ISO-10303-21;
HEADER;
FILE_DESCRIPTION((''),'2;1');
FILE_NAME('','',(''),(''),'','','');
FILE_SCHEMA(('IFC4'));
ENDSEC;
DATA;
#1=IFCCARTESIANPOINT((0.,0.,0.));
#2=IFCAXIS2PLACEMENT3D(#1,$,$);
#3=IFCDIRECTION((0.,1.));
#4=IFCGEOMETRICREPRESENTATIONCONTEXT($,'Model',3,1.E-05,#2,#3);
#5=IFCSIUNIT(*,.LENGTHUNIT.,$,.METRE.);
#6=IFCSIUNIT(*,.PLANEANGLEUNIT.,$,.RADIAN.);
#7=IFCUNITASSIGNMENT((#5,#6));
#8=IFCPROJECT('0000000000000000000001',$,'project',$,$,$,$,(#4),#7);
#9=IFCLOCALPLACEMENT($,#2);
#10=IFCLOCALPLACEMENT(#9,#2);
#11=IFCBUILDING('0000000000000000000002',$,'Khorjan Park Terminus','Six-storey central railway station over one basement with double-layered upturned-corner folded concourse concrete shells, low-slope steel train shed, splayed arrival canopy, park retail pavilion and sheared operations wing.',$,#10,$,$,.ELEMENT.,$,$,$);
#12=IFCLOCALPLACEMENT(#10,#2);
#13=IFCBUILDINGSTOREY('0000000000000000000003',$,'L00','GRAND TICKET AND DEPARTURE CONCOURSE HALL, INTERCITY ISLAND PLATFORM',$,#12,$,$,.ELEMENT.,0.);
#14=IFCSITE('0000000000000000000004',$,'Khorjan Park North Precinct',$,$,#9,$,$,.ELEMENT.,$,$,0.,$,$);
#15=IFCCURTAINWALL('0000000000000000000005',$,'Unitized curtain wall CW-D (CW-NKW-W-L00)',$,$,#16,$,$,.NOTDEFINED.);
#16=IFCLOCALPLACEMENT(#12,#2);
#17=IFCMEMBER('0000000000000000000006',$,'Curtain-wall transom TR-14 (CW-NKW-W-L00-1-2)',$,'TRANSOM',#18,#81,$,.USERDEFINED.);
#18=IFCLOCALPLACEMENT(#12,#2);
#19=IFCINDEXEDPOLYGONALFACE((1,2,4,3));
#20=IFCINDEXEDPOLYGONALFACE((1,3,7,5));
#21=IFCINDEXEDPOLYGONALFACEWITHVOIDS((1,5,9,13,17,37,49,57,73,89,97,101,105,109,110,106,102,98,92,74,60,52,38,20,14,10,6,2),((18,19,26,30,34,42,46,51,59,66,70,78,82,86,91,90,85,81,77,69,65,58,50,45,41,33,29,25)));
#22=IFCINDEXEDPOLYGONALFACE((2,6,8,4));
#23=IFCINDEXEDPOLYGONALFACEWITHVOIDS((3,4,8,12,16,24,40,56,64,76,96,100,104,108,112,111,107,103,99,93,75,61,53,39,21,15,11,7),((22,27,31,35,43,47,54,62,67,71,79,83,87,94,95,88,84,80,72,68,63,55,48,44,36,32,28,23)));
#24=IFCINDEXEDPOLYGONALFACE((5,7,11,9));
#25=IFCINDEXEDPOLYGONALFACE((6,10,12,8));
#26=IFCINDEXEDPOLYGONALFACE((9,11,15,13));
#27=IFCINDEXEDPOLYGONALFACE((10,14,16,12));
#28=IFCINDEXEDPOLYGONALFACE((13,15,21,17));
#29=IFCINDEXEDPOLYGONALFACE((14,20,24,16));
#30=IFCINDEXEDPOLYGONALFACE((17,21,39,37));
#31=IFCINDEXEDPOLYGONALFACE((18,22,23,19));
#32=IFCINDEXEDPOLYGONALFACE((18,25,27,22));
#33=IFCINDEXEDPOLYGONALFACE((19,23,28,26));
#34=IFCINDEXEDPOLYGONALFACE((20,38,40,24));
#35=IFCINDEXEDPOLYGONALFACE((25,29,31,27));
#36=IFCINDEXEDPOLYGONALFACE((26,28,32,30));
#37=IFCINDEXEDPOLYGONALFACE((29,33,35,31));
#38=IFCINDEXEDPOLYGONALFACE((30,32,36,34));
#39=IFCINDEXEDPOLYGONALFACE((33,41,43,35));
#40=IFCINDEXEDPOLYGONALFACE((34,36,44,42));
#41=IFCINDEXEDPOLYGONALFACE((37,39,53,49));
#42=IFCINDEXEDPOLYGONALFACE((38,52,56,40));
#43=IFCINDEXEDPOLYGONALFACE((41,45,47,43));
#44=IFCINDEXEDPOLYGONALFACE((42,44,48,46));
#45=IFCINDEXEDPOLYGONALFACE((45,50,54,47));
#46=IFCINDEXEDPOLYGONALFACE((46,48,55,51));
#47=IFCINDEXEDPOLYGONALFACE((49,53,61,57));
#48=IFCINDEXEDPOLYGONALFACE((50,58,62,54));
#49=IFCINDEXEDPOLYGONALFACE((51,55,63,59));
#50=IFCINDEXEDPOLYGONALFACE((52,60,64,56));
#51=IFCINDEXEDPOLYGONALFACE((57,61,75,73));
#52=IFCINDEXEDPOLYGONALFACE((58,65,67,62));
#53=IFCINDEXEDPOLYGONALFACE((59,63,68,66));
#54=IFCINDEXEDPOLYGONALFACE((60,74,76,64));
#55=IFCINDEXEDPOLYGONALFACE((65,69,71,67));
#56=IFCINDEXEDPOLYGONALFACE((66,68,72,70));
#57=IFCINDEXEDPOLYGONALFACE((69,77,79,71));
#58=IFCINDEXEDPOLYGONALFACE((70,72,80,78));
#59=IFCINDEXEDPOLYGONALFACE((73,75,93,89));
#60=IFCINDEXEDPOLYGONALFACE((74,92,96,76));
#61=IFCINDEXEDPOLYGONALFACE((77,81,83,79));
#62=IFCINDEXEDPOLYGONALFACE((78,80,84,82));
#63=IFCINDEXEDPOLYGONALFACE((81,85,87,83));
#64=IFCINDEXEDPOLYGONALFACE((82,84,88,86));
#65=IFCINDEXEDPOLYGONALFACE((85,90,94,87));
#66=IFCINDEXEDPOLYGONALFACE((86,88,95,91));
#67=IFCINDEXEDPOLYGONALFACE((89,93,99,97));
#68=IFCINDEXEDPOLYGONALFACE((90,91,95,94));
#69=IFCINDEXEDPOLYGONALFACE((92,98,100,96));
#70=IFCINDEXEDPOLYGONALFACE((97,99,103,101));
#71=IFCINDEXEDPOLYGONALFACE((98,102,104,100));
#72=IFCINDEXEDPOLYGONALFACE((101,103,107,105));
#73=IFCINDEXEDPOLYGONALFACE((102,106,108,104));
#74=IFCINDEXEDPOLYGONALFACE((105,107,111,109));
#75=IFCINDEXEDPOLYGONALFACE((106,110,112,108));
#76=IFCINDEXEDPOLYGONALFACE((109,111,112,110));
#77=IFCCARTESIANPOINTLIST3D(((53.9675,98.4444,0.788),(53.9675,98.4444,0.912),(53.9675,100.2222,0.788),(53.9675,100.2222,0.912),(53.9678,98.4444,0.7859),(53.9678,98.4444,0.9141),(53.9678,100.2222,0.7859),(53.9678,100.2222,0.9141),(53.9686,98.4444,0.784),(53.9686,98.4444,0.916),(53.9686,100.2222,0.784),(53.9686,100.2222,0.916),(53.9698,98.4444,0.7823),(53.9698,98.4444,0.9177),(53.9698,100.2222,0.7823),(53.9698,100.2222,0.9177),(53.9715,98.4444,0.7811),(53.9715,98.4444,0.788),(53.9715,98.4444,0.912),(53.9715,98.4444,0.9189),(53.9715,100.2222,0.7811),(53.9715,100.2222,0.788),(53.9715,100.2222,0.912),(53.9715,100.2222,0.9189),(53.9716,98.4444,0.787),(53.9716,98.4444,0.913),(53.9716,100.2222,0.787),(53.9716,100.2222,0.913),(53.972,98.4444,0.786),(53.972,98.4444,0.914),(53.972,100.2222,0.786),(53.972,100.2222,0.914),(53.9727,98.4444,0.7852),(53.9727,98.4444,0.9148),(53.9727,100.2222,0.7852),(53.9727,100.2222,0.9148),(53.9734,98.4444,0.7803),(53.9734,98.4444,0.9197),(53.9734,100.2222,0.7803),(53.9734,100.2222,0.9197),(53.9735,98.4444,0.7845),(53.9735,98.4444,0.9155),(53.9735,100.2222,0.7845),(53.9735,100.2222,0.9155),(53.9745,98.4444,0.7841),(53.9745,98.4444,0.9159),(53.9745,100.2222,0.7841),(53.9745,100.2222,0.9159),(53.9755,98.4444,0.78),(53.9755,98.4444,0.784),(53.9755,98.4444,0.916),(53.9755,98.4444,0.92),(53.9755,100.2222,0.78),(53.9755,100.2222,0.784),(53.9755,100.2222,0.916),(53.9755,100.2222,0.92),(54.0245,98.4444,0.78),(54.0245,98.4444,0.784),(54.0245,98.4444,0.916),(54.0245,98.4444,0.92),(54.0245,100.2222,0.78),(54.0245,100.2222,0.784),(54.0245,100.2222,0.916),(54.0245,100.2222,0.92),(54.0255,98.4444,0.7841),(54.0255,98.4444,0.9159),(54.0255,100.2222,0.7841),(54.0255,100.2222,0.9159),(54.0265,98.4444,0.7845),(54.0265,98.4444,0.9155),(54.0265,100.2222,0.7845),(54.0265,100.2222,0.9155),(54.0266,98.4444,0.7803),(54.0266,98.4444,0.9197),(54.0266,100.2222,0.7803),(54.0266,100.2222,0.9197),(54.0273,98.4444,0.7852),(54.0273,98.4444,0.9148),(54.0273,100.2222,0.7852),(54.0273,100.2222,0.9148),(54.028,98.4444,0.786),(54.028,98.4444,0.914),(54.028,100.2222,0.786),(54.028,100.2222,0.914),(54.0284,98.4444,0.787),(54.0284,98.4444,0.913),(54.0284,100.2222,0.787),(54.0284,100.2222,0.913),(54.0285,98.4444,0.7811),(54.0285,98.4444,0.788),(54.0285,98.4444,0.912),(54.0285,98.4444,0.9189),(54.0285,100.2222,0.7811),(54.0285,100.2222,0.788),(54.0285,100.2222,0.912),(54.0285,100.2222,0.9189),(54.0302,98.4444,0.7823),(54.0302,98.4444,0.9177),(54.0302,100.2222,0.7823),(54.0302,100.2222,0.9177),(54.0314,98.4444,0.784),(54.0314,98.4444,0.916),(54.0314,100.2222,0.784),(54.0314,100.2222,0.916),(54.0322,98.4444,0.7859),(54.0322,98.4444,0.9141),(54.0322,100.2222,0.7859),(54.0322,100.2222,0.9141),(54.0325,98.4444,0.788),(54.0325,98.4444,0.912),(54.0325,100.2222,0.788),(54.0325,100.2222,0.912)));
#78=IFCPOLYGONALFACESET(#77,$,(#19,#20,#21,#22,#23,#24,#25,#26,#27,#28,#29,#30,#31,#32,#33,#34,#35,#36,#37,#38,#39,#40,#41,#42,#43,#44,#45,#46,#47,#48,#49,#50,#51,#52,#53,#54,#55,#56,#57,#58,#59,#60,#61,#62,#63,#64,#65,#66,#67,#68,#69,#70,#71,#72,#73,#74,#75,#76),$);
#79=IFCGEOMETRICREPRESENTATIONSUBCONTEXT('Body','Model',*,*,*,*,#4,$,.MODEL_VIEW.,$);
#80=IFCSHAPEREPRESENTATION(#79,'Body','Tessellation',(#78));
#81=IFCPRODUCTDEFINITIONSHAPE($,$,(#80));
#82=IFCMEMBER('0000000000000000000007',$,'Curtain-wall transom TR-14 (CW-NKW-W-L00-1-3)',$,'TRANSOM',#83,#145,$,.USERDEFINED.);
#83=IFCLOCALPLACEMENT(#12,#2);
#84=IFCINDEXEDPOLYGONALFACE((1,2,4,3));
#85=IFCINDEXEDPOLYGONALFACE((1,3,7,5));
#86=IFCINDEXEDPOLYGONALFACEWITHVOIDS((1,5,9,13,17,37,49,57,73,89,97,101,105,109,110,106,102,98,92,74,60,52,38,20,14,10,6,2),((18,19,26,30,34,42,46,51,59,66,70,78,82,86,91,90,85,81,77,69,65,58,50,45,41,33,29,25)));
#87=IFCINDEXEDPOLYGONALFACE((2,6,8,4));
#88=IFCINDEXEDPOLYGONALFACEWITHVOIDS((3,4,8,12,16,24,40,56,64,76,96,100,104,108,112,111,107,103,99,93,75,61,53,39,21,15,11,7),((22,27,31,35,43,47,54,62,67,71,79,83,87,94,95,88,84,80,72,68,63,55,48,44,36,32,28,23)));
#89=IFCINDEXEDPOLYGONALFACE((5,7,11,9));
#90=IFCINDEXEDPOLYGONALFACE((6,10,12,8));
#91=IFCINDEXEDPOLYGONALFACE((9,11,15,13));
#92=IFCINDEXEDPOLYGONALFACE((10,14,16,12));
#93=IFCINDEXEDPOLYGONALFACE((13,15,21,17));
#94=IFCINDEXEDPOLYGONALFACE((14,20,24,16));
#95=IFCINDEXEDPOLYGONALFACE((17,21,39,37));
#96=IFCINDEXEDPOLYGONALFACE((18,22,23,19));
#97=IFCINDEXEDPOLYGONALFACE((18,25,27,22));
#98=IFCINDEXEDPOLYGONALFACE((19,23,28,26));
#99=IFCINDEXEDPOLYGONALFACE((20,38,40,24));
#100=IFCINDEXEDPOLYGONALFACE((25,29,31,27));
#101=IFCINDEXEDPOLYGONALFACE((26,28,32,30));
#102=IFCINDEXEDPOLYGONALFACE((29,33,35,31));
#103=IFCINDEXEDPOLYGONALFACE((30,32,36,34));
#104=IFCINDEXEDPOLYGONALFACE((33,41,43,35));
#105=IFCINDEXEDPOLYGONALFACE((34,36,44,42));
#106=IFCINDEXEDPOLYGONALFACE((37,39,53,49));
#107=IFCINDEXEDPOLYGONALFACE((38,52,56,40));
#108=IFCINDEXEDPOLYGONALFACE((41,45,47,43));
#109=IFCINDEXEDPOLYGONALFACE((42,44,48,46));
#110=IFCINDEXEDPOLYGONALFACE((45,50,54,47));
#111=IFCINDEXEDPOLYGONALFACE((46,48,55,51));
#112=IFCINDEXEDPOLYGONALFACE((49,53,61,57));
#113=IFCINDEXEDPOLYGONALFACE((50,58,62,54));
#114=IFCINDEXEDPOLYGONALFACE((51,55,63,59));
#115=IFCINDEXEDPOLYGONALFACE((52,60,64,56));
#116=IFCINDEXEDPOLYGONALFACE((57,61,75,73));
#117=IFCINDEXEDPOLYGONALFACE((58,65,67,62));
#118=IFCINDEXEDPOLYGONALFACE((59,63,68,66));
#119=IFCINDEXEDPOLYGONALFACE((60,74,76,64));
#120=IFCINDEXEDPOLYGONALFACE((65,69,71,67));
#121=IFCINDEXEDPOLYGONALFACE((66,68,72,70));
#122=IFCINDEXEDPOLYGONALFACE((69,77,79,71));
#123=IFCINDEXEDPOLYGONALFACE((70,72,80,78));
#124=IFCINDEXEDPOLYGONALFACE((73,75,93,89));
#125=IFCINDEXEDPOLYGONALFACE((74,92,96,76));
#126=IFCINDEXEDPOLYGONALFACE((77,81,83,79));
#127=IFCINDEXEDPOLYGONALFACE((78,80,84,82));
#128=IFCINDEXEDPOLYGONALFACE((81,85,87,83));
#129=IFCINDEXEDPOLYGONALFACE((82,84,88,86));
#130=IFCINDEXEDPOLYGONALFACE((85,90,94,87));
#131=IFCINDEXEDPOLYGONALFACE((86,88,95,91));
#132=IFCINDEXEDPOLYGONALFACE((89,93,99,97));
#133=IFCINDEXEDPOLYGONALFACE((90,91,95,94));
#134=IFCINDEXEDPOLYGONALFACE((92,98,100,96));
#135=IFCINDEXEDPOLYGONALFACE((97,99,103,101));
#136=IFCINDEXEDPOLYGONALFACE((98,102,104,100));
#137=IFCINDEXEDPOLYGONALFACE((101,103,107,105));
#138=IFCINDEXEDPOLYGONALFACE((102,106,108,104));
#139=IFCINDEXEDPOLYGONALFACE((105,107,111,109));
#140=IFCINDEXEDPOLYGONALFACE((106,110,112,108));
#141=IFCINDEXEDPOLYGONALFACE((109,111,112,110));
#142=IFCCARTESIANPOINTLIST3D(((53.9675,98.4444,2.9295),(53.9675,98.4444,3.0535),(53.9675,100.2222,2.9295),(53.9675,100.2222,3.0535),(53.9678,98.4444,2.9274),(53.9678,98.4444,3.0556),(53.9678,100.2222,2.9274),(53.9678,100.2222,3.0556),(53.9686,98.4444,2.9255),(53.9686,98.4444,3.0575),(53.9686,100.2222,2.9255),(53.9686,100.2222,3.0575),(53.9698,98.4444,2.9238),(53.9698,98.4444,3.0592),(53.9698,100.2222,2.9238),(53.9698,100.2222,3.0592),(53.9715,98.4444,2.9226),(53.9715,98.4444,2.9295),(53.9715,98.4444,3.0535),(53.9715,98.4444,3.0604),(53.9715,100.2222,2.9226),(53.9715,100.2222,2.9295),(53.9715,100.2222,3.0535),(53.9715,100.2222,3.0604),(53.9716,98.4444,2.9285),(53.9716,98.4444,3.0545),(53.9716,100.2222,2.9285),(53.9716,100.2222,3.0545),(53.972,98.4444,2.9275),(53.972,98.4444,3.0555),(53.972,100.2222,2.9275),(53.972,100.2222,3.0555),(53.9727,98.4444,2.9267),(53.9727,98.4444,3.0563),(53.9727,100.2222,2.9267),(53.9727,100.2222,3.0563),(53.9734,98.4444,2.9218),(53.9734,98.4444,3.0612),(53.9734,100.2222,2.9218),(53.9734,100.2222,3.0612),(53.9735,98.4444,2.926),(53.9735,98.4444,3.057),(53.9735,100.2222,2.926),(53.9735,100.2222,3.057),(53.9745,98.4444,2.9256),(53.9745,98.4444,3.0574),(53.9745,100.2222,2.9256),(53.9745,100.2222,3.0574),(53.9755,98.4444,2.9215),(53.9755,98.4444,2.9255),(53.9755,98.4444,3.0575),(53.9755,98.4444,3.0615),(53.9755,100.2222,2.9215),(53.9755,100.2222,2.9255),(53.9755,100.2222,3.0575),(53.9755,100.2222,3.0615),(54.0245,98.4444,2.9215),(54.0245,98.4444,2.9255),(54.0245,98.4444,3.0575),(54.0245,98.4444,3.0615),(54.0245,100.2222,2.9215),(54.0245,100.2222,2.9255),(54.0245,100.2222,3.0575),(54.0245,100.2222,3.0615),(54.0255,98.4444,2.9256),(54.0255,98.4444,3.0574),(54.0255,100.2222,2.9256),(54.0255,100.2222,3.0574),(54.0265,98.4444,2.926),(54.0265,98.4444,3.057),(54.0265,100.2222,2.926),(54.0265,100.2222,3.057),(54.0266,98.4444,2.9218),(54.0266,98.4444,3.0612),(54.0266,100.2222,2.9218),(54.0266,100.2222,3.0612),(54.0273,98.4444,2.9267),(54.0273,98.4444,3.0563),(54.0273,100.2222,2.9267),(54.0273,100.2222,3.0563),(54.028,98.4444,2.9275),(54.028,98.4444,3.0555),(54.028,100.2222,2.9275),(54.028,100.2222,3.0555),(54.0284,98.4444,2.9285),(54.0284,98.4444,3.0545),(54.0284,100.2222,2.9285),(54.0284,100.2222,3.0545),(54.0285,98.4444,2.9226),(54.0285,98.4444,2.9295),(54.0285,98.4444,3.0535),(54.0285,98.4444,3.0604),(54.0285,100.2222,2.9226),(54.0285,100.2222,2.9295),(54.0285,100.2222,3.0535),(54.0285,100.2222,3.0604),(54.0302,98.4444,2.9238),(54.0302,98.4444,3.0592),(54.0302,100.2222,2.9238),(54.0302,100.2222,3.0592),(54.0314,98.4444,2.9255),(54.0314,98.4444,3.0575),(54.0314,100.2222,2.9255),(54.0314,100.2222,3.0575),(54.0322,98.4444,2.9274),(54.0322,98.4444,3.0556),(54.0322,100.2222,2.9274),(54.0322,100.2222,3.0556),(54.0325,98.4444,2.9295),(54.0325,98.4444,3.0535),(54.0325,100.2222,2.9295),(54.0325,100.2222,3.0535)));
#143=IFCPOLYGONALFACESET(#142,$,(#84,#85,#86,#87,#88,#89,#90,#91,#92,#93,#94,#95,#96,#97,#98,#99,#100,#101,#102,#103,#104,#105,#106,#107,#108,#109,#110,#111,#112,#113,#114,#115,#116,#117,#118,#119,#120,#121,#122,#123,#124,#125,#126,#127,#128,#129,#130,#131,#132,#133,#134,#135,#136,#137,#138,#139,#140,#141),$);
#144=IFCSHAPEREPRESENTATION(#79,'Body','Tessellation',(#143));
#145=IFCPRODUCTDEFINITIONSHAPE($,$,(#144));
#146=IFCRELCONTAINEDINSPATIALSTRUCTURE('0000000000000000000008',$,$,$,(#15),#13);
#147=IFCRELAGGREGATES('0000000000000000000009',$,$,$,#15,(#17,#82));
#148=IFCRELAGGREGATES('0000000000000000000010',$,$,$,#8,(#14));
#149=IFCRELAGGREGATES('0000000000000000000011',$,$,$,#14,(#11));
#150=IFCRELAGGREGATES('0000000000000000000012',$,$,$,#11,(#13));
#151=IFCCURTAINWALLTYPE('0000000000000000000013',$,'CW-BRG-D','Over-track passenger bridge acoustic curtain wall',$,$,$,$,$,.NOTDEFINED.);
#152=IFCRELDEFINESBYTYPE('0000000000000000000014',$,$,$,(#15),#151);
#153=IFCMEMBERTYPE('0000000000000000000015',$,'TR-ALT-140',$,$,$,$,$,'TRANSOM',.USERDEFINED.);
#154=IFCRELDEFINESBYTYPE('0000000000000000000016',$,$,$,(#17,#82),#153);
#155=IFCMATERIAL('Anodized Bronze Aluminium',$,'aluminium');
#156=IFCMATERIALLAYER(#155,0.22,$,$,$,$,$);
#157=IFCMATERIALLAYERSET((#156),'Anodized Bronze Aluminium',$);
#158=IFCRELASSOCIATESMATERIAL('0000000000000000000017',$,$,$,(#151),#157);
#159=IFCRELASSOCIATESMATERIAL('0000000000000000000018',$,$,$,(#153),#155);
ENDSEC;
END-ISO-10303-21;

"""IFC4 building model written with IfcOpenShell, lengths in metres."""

from ifc_helpers import new_model, si_unit, direction, frame, origin, origin_2d, place, context, subcontext, project, spatial, hollow_rectangle, extrude, material, layer, layer_set, material_profile, profile_set, type_object, element, aggregate, save


model = new_model("IFC4")

# Units and contexts
model_context = context("Model", 3, precision=1e-05, world=origin(), true_north=direction((0.0, 1.0)))
body_context = subcontext(model_context, "Body", "Model", "MODEL_VIEW")
ifc_project = project(units=[si_unit("LENGTHUNIT", "METRE"), si_unit("PLANEANGLEUNIT", "RADIAN")], contexts=[model_context])

# Site, building, storey
site_placement = place(None, origin())
site = spatial("IfcSite", under=ifc_project, at=site_placement, Name="Khorjan Park North Precinct", CompositionType="ELEMENT", RefElevation=0.0)
building_placement = place(site_placement, origin())
building = spatial("IfcBuilding", under=site, at=building_placement, Name="Khorjan Park Terminus", Description="Six-storey central railway station over one basement with double-layered upturned-corner folded concourse concrete shells, low-slope steel train shed, splayed arrival canopy, park retail pavilion and sheared operations wing.", CompositionType="ELEMENT")
storey_placement = place(building_placement, origin())
storey = spatial("IfcBuildingStorey", under=building, at=storey_placement, Name="L00", Description="GRAND TICKET AND DEPARTURE CONCOURSE HALL, INTERCITY ISLAND PLATFORM", CompositionType="ELEMENT", Elevation=0.0)

# Curtain wall, members
ifc_material_1 = material(Name="Anodized Bronze Aluminium", Category="aluminium")
ifc_layer_1 = layer(ifc_material_1, 0.22)
ifc_layer_set_1 = layer_set([ifc_layer_1], Name="Anodized Bronze Aluminium")
curtain_wall_type = type_object("IfcCurtainWallType", Name="CW-BRG-D", Description="Over-track passenger bridge acoustic curtain wall", PredefinedType="NOTDEFINED", material=ifc_layer_set_1)
curtain_wall_placement = place(storey_placement, origin())
curtain_wall = element("IfcCurtainWall", 1, at=curtain_wall_placement, inside=storey, type_object=curtain_wall_type, Name="Unitized curtain wall CW-D (CW-NKW-W-L00)", PredefinedType="NOTDEFINED")
ifc_material_profile_1 = material_profile(ifc_material_1, hollow_rectangle(XDim=0.065, YDim=0.14, WallThickness=0.004, InnerFilletRadius=0.004, OuterFilletRadius=0.008, at=origin_2d()), Name="ALT 65x140x4")
ifc_profile_set_1 = profile_set([ifc_material_profile_1], Name="Anodized Bronze Aluminium")
member_type_1 = type_object("IfcMemberType", Name="TR-ALT-140", ElementType="TRANSOM", PredefinedType="USERDEFINED", material=ifc_profile_set_1)
member_1_placement = place(storey_placement, frame((54.0, 100.2222, 0.85), z_axis=(0.0, -1.0, 0.0), x_axis=(1.0, 0.0, 0.0)))
member_1 = element("IfcMember", 2, at=member_1_placement, type_object=member_type_1, Name="Curtain-wall transom TR-14 (CW-NKW-W-L00-1-2)", ObjectType="TRANSOM", PredefinedType="USERDEFINED", context=body_context, shape_type="SweptSolid", body=[
    extrude(hollow_rectangle(XDim=0.065, YDim=0.14, WallThickness=0.004, InnerFilletRadius=0.004, OuterFilletRadius=0.008, at=origin_2d()), origin(), (0.0, 0.0, 1.0), 1.7778),
])
member_2_placement = place(storey_placement, frame((54.0, 100.2222, 2.9915), z_axis=(0.0, -1.0, 0.0), x_axis=(1.0, 0.0, 0.0)))
member_2 = element("IfcMember", 3, at=member_2_placement, type_object=member_type_1, Name="Curtain-wall transom TR-14 (CW-NKW-W-L00-1-3)", ObjectType="TRANSOM", PredefinedType="USERDEFINED", context=body_context, shape_type="SweptSolid", body=[
    extrude(hollow_rectangle(XDim=0.065, YDim=0.14, WallThickness=0.004, InnerFilletRadius=0.004, OuterFilletRadius=0.008, at=origin_2d()), origin(), (0.0, 0.0, 1.0), 1.7778),
])
aggregate(curtain_wall, [member_1, member_2])

save(model, "model.ifc")
